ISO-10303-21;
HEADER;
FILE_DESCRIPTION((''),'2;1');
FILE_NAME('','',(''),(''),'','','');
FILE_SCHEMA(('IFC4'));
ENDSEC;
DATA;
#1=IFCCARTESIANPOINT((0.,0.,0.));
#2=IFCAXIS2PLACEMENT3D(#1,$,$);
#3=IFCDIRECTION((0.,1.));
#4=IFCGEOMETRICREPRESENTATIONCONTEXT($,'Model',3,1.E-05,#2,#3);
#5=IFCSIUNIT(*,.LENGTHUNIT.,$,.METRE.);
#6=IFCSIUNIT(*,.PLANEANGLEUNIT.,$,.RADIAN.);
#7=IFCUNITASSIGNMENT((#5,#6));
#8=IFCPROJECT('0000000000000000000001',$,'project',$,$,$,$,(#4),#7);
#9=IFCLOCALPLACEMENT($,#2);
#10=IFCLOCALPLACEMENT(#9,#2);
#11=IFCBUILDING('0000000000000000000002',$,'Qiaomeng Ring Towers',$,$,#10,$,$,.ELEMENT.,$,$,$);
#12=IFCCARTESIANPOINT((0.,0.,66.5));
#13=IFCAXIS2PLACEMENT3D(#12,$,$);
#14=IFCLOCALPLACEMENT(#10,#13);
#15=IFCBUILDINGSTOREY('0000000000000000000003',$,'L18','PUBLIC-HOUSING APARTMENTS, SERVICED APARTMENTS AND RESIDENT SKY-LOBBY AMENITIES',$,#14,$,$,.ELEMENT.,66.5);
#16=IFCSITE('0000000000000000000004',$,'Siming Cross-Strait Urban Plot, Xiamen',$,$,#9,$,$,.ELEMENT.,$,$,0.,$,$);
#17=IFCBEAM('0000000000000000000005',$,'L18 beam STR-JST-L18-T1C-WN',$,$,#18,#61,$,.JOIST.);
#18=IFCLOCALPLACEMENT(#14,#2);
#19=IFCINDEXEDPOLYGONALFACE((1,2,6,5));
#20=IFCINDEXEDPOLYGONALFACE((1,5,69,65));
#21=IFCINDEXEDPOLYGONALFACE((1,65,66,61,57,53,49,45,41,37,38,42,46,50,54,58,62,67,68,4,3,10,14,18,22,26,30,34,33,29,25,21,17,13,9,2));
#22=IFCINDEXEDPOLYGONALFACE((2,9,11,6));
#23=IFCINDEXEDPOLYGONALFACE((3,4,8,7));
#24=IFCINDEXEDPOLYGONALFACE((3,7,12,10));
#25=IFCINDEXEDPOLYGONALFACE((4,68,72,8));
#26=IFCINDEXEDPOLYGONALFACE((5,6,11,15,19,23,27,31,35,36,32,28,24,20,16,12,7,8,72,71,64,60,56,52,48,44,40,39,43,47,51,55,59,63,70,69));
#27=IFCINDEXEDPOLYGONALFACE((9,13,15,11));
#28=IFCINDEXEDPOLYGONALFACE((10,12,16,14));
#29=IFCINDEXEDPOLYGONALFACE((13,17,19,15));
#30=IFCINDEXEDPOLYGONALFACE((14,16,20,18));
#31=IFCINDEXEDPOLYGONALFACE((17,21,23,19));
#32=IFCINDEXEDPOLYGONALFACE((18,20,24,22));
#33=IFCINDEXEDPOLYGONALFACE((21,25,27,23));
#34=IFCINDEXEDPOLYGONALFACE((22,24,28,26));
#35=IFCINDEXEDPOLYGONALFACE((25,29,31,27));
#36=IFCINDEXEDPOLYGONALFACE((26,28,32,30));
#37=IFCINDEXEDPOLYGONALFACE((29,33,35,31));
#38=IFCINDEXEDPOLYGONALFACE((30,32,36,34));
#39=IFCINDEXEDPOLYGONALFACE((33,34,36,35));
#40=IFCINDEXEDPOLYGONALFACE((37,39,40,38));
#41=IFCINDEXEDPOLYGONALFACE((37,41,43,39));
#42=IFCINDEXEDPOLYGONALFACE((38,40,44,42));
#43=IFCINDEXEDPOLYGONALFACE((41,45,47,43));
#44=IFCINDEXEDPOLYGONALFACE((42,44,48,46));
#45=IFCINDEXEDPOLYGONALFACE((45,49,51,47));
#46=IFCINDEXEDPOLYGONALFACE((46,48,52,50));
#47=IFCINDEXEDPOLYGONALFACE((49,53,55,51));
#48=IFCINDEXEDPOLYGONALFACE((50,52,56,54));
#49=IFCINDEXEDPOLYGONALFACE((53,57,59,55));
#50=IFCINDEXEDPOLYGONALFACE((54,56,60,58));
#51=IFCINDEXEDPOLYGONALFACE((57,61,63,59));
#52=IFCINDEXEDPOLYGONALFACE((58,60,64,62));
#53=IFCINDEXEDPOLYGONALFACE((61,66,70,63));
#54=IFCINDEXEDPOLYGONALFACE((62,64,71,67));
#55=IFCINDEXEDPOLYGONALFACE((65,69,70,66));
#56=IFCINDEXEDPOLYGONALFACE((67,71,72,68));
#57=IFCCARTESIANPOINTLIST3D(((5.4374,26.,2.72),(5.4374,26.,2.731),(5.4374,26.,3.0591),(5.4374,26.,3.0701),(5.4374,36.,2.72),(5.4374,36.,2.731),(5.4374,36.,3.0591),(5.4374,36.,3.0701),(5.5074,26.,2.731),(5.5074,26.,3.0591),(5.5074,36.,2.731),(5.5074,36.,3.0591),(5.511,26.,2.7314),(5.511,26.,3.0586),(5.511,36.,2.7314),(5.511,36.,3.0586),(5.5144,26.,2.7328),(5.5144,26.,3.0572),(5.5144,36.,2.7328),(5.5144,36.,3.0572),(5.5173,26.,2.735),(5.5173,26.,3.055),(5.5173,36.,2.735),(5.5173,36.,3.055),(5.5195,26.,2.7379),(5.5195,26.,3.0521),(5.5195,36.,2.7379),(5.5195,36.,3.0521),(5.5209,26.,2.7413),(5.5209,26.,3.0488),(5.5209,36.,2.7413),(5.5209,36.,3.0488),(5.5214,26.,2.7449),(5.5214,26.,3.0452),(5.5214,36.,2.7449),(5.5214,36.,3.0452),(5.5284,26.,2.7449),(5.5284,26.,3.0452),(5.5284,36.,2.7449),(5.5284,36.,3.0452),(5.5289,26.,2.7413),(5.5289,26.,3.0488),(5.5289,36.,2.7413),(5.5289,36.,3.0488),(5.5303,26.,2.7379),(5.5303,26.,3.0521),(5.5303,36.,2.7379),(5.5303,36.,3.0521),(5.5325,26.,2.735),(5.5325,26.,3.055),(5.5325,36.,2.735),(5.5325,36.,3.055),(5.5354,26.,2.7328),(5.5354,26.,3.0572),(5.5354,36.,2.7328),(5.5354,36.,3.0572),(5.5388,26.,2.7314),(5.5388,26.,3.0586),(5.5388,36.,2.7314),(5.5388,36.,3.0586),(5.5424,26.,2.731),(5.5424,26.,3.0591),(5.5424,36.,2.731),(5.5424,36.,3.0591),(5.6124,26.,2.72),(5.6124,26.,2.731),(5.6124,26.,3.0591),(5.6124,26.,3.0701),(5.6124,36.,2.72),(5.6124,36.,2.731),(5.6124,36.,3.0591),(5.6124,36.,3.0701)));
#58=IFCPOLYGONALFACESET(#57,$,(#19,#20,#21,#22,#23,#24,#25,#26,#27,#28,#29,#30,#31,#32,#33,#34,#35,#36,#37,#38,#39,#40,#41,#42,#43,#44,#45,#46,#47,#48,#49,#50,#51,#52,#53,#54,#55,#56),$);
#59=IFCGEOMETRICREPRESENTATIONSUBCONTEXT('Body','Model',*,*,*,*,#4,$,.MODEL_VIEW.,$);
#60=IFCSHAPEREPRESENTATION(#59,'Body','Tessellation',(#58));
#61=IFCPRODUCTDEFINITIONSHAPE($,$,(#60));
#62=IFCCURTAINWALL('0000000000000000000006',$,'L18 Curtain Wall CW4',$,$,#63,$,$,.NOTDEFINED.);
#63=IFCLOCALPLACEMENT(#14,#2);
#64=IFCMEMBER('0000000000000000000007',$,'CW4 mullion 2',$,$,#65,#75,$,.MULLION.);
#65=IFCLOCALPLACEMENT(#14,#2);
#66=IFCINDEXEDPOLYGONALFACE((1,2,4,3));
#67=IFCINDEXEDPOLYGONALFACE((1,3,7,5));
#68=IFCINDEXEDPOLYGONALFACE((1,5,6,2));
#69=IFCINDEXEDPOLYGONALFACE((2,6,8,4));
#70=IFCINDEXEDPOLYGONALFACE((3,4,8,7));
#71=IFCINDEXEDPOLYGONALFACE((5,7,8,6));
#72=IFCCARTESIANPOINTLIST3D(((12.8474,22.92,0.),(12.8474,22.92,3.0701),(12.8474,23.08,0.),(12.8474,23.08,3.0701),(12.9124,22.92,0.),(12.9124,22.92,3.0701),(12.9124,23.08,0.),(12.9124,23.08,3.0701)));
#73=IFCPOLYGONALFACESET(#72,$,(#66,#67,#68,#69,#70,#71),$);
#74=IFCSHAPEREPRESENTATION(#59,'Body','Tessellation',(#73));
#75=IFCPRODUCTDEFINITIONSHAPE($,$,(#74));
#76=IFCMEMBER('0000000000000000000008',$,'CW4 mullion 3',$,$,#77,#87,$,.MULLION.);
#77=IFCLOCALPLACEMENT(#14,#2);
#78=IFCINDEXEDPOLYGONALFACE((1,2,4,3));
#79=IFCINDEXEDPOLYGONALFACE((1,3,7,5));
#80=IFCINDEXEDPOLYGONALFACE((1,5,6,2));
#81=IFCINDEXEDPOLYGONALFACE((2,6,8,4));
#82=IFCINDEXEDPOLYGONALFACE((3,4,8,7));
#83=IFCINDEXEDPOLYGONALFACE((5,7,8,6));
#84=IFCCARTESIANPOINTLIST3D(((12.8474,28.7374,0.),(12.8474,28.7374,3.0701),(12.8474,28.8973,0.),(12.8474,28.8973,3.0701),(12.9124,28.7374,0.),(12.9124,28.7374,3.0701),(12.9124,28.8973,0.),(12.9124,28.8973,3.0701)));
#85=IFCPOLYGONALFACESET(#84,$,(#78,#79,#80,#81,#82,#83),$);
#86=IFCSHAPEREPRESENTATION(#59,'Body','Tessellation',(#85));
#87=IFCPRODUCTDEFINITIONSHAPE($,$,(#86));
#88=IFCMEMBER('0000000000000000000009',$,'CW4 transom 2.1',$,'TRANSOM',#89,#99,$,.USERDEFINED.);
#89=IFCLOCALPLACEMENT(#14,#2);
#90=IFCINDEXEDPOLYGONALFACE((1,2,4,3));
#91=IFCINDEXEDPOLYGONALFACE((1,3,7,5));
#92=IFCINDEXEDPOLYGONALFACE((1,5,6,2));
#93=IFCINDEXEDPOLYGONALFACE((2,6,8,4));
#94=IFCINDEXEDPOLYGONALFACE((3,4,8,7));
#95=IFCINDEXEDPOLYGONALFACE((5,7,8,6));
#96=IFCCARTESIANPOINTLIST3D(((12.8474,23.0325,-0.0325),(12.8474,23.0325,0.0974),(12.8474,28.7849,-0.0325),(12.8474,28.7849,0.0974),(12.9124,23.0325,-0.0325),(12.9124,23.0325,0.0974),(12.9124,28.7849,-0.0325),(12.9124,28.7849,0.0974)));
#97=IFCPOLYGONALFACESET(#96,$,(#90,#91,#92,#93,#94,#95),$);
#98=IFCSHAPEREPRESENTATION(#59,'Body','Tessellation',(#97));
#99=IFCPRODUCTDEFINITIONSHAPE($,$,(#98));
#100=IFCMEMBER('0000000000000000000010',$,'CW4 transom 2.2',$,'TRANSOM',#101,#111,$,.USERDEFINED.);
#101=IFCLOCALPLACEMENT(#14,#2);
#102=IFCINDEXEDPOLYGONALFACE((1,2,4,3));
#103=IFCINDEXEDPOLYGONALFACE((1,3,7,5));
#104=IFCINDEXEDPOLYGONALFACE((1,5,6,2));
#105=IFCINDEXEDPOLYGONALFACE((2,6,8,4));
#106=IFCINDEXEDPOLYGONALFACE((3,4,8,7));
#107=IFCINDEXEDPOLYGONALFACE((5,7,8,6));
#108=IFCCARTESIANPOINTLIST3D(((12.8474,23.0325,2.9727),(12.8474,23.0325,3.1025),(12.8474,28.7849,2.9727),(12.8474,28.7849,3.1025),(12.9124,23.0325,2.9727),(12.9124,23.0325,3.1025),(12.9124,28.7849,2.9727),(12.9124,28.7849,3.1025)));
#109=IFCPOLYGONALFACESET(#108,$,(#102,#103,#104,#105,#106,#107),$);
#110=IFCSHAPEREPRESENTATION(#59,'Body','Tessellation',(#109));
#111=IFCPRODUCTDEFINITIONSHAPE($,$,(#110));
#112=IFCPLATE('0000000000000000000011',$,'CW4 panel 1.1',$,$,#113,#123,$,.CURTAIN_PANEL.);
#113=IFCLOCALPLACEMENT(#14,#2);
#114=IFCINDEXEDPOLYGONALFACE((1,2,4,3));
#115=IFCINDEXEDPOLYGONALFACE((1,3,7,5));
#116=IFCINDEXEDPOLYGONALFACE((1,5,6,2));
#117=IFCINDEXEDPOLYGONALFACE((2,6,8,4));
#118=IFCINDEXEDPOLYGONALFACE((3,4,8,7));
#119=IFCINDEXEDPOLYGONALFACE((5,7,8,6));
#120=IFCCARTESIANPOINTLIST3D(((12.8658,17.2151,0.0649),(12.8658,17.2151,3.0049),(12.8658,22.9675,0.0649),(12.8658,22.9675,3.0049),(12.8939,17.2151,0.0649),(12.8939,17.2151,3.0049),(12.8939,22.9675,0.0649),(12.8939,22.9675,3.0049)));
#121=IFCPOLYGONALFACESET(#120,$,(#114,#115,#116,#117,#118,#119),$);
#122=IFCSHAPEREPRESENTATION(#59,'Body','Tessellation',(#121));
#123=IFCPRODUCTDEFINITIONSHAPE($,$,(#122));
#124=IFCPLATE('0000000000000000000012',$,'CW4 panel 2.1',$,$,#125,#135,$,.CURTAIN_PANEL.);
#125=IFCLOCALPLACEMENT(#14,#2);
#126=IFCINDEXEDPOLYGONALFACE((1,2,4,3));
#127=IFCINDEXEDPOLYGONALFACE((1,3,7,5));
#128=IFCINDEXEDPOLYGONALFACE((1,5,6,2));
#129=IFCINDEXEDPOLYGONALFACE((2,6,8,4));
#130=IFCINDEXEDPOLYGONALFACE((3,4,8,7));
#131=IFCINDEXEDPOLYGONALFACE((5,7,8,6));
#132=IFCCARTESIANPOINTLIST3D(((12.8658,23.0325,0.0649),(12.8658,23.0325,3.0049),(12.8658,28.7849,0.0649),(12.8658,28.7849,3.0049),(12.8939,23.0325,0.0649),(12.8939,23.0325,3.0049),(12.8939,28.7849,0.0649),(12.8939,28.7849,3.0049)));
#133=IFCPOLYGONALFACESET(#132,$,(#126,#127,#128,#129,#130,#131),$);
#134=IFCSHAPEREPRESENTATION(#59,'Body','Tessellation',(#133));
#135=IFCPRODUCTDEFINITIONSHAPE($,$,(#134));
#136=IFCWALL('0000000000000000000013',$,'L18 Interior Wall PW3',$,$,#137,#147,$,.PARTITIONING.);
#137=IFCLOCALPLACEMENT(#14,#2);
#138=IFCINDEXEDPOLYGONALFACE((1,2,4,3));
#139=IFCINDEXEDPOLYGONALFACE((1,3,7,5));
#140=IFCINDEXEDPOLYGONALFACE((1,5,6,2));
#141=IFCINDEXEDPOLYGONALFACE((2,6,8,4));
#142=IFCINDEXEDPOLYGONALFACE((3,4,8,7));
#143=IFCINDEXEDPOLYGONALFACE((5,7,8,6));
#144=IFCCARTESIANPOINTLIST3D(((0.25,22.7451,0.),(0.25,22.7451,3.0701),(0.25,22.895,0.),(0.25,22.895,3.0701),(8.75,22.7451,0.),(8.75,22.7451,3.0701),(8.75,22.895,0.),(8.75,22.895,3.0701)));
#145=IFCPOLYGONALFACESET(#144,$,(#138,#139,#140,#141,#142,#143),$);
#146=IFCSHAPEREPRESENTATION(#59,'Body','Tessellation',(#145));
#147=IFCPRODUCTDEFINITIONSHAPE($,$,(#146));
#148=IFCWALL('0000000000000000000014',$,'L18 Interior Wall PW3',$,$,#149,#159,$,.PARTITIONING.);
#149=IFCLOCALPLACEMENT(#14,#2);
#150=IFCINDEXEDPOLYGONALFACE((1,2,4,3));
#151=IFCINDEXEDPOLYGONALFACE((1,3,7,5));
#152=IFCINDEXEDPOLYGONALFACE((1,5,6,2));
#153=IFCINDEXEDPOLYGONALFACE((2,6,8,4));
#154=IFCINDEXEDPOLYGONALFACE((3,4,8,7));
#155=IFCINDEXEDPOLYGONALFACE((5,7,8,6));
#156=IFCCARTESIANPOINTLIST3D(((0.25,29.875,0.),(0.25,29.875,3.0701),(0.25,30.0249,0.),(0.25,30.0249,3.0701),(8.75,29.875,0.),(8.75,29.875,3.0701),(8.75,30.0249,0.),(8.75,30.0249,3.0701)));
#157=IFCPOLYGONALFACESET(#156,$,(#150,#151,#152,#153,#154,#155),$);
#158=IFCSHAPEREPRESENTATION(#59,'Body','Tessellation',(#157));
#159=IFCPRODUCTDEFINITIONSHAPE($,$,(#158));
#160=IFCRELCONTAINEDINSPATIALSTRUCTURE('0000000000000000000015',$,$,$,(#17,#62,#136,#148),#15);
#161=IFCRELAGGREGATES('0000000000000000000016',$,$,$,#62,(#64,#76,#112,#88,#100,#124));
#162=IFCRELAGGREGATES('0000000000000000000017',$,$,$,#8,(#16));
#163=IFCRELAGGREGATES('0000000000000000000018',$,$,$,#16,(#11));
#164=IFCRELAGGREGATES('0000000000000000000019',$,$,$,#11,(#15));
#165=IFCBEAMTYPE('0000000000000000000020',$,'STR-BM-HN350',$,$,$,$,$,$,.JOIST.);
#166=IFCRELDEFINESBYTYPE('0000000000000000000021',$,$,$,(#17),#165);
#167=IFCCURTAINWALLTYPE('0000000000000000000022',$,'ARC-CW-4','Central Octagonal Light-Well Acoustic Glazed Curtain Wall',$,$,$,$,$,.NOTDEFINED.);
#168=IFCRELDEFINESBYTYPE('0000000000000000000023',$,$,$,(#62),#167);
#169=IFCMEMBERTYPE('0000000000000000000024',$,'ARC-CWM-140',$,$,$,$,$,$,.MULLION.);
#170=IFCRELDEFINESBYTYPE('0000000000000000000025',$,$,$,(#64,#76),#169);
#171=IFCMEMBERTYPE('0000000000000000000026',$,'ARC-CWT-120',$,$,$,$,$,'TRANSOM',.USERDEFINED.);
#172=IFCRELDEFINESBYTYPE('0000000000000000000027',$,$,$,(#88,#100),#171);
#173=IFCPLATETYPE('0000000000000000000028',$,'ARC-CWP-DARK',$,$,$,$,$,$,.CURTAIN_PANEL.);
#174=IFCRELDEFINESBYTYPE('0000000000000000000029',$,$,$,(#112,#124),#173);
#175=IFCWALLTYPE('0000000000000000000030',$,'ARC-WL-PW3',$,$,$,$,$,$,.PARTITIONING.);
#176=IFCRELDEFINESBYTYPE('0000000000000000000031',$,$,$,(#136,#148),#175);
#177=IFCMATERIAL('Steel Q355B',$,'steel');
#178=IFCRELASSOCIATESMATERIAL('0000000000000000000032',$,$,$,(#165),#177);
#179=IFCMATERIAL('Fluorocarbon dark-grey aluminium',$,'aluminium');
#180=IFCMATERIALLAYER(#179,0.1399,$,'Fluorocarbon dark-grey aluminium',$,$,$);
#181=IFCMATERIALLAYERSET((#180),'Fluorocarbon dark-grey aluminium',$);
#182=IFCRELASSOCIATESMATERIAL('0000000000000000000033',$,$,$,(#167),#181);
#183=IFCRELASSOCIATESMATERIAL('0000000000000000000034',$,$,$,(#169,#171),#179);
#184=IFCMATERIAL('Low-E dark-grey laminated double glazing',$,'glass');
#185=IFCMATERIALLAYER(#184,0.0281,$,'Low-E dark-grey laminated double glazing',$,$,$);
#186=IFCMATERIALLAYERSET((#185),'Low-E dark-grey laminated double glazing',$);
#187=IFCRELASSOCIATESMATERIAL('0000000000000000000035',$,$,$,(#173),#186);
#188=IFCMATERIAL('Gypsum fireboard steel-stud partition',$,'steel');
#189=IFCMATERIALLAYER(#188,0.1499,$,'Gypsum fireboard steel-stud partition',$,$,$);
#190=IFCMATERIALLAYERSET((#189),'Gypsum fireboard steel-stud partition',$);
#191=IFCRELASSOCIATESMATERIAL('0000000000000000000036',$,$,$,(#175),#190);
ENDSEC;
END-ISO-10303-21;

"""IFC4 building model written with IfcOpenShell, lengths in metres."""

from ifc_helpers import new_model, si_unit, direction, frame, frame_2d, origin, origin_2d, place, context, subcontext, project, spatial, rectangle, i_section, extrude, source, transform, mapped, material, layer, layer_set, material_profile, profile_set, type_object, element, aggregate, save


model = new_model("IFC4")

# Units and contexts
model_context = context("Model", 3, precision=1e-05, world=origin(), true_north=direction((0.0, 1.0)))
body_context = subcontext(model_context, "Body", "Model", "MODEL_VIEW")
ifc_project = project(units=[si_unit("LENGTHUNIT", "METRE"), si_unit("PLANEANGLEUNIT", "RADIAN")], contexts=[model_context])

# Site, building, storey
site_placement = place(None, origin())
site = spatial("IfcSite", under=ifc_project, at=site_placement, Name="Siming Cross-Strait Urban Plot, Xiamen", CompositionType="ELEMENT", RefElevation=0.0)
building_placement = place(site_placement, origin())
building = spatial("IfcBuilding", under=site, at=building_placement, Name="Qiaomeng Ring Towers", CompositionType="ELEMENT")
storey_placement = place(building_placement, frame((0.0, 0.0, 66.5)))
storey = spatial("IfcBuildingStorey", under=building, at=storey_placement, Name="L18", Description="PUBLIC-HOUSING APARTMENTS, SERVICED APARTMENTS AND RESIDENT SKY-LOBBY AMENITIES", CompositionType="ELEMENT", Elevation=66.5)

# Beam
ifc_material_1 = material(Name="Steel Q355B", Category="steel")
ifc_material_profile_1 = material_profile(ifc_material_1, i_section(OverallWidth=0.175, OverallDepth=0.3501, WebThickness=0.0071, FlangeThickness=0.011, FilletRadius=0.0139, at=origin_2d()), Name="HN 350x175x7x11")
ifc_profile_set_1 = profile_set([ifc_material_profile_1], Name="Steel Q355B")
beam_type_1 = type_object("IfcBeamType", Name="STR-BM-HN350", PredefinedType="JOIST", material=ifc_profile_set_1)
shared_shape_1 = source(origin(), body_context, "Body", "SweptSolid", [
    extrude(i_section(OverallWidth=0.175, OverallDepth=0.3501, WebThickness=0.0071, FlangeThickness=0.011, FilletRadius=0.0139, at=origin_2d()), origin(), (0.0, 0.0, 1.0), 10.0),
])
beam_1_placement = place(storey_placement, frame((5.5249, 26.0, 2.895), z_axis=(0.0, 1.0, 0.0), x_axis=(-1.0, 0.0, 0.0)))
element("IfcBeam", 1, at=beam_1_placement, inside=storey, type_object=beam_type_1, Name="L18 beam STR-JST-L18-T1C-WN", PredefinedType="JOIST", context=body_context, shape_type="MappedRepresentation", body=[
    mapped(shared_shape_1, transform((0.0, 0.0, 0.0), x_axis=(1.0, 0.0, 0.0), y_axis=(0.0, 1.0, 0.0), z_axis=(0.0, 0.0, 1.0), scale=1.0)),
])

# Curtain wall, members, plates
ifc_material_2 = material(Name="Fluorocarbon dark-grey aluminium", Category="aluminium")
ifc_layer_1 = layer(ifc_material_2, 0.1399, Name="Fluorocarbon dark-grey aluminium")
ifc_layer_set_1 = layer_set([ifc_layer_1], Name="Fluorocarbon dark-grey aluminium")
curtain_wall_type = type_object("IfcCurtainWallType", Name="ARC-CW-4", Description="Central Octagonal Light-Well Acoustic Glazed Curtain Wall", PredefinedType="NOTDEFINED", material=ifc_layer_set_1)
curtain_wall_placement = place(storey_placement, origin())
curtain_wall = element("IfcCurtainWall", 2, at=curtain_wall_placement, inside=storey, type_object=curtain_wall_type, Name="L18 Curtain Wall CW4", PredefinedType="NOTDEFINED")
ifc_material_profile_2 = material_profile(ifc_material_2, rectangle(XDim=0.0649, YDim=0.1599, at=origin_2d()), Name="ALU MULL 65x160")
ifc_profile_set_2 = profile_set([ifc_material_profile_2], Name="Fluorocarbon dark-grey aluminium")
member_type_1 = type_object("IfcMemberType", Name="ARC-CWM-140", PredefinedType="MULLION", material=ifc_profile_set_2)
shared_shape_2 = source(origin(), body_context, "Body", "SweptSolid", [
    extrude(rectangle(XDim=0.0649, YDim=0.1599, at=origin_2d()), origin(), (0.0, 0.0, 1.0), 3.0701),
])
member_1_placement = place(storey_placement, frame((12.8799, 23.0, 0.0), z_axis=(0.0, 0.0, 1.0), x_axis=(-1.0, 0.0, 0.0)))
member_1 = element("IfcMember", 3, at=member_1_placement, type_object=member_type_1, Name="CW4 mullion 2", PredefinedType="MULLION", context=body_context, shape_type="MappedRepresentation", body=[
    mapped(shared_shape_2, transform((0.0, 0.0, 0.0), x_axis=(1.0, 0.0, 0.0), y_axis=(0.0, 1.0, 0.0), z_axis=(0.0, 0.0, 1.0), scale=1.0)),
])
member_2_placement = place(storey_placement, frame((12.8799, 28.8174, 0.0), z_axis=(0.0, 0.0, 1.0), x_axis=(-1.0, 0.0, 0.0)))
member_2 = element("IfcMember", 4, at=member_2_placement, type_object=member_type_1, Name="CW4 mullion 3", PredefinedType="MULLION", context=body_context, shape_type="MappedRepresentation", body=[
    mapped(shared_shape_2, transform((0.0, 0.0, 0.0), x_axis=(1.0, 0.0, 0.0), y_axis=(0.0, 1.0, 0.0), z_axis=(0.0, 0.0, 1.0), scale=1.0)),
])
ifc_material_profile_3 = material_profile(ifc_material_2, rectangle(XDim=0.0649, YDim=0.1299, at=origin_2d()), Name="ALU TRAN 65x130")
ifc_profile_set_3 = profile_set([ifc_material_profile_3], Name="Fluorocarbon dark-grey aluminium")
member_type_2 = type_object("IfcMemberType", Name="ARC-CWT-120", ElementType="TRANSOM", PredefinedType="USERDEFINED", material=ifc_profile_set_3)
shared_shape_3 = source(origin(), body_context, "Body", "SweptSolid", [
    extrude(rectangle(XDim=0.0649, YDim=0.1299, at=origin_2d()), origin(), (0.0, 0.0, 1.0), 5.7524),
])
member_3_placement = place(storey_placement, frame((12.8799, 23.0325, 0.0325), z_axis=(0.0, 1.0, 0.0), x_axis=(-1.0, 0.0, 0.0)))
member_3 = element("IfcMember", 5, at=member_3_placement, type_object=member_type_2, Name="CW4 transom 2.1", ObjectType="TRANSOM", PredefinedType="USERDEFINED", context=body_context, shape_type="MappedRepresentation", body=[
    mapped(shared_shape_3, transform((0.0, 0.0, 0.0), x_axis=(1.0, 0.0, 0.0), y_axis=(0.0, 1.0, 0.0), z_axis=(0.0, 0.0, 1.0), scale=1.0)),
])
member_4_placement = place(storey_placement, frame((12.8799, 23.0325, 3.0376), z_axis=(0.0, 1.0, 0.0), x_axis=(-1.0, 0.0, 0.0)))
member_4 = element("IfcMember", 6, at=member_4_placement, type_object=member_type_2, Name="CW4 transom 2.2", ObjectType="TRANSOM", PredefinedType="USERDEFINED", context=body_context, shape_type="MappedRepresentation", body=[
    mapped(shared_shape_3, transform((0.0, 0.0, 0.0), x_axis=(1.0, 0.0, 0.0), y_axis=(0.0, 1.0, 0.0), z_axis=(0.0, 0.0, 1.0), scale=1.0)),
])
ifc_material_3 = material(Name="Low-E dark-grey laminated double glazing", Category="glass")
ifc_layer_2 = layer(ifc_material_3, 0.0281, Name="Low-E dark-grey laminated double glazing")
ifc_layer_set_2 = layer_set([ifc_layer_2], Name="Low-E dark-grey laminated double glazing")
plate_type = type_object("IfcPlateType", Name="ARC-CWP-DARK", PredefinedType="CURTAIN_PANEL", material=ifc_layer_set_2)
shared_shape_4 = source(origin(), body_context, "Body", "SweptSolid", [
    extrude(rectangle(XDim=5.7524, YDim=0.0281, at=origin_2d()), origin(), (0.0, 0.0, 1.0), 2.9399),
])
plate_1_placement = place(storey_placement, frame((12.8799, 20.0913, 0.0649), z_axis=(0.0, 0.0, 1.0), x_axis=(0.0, 1.0, 0.0)))
plate_1 = element("IfcPlate", 7, at=plate_1_placement, type_object=plate_type, Name="CW4 panel 1.1", PredefinedType="CURTAIN_PANEL", context=body_context, shape_type="MappedRepresentation", body=[
    mapped(shared_shape_4, transform((0.0, 0.0, 0.0), x_axis=(1.0, 0.0, 0.0), y_axis=(0.0, 1.0, 0.0), z_axis=(0.0, 0.0, 1.0), scale=1.0)),
])
plate_2_placement = place(storey_placement, frame((12.8799, 25.9087, 0.0649), z_axis=(0.0, 0.0, 1.0), x_axis=(0.0, 1.0, 0.0)))
plate_2 = element("IfcPlate", 8, at=plate_2_placement, type_object=plate_type, Name="CW4 panel 2.1", PredefinedType="CURTAIN_PANEL", context=body_context, shape_type="MappedRepresentation", body=[
    mapped(shared_shape_4, transform((0.0, 0.0, 0.0), x_axis=(1.0, 0.0, 0.0), y_axis=(0.0, 1.0, 0.0), z_axis=(0.0, 0.0, 1.0), scale=1.0)),
])
aggregate(curtain_wall, [member_1, member_2, plate_1, member_3, member_4, plate_2])

# Walls
ifc_material_4 = material(Name="Gypsum fireboard steel-stud partition", Category="steel")
ifc_layer_3 = layer(ifc_material_4, 0.1499, Name="Gypsum fireboard steel-stud partition")
ifc_layer_set_3 = layer_set([ifc_layer_3], Name="Gypsum fireboard steel-stud partition")
wall_type_1 = type_object("IfcWallType", Name="ARC-WL-PW3", PredefinedType="PARTITIONING", material=ifc_layer_set_3)
for number, where, z_axis, x_axis, name in (
    (9, (0.25, 22.8201, 0.0), (0.0, 0.0, 1.0), (1.0, 0.0, 0.0), "L18 Interior Wall PW3"),
    (10, (0.25, 29.95, 0.0), (0.0, 0.0, 1.0), (1.0, 0.0, 0.0), "L18 Interior Wall PW3"),
):
    element("IfcWall", number, at=place(storey_placement, frame(where, z_axis=z_axis, x_axis=x_axis)), inside=storey, type_object=wall_type_1, Name=name, PredefinedType="PARTITIONING", context=body_context, shape_type="SweptSolid", body=[
        extrude(rectangle(XDim=8.5, YDim=0.1499, at=frame_2d((4.25, 0.0))), origin(), (0.0, 0.0, 1.0), 3.0701),
    ])

save(model, "model.ifc")
